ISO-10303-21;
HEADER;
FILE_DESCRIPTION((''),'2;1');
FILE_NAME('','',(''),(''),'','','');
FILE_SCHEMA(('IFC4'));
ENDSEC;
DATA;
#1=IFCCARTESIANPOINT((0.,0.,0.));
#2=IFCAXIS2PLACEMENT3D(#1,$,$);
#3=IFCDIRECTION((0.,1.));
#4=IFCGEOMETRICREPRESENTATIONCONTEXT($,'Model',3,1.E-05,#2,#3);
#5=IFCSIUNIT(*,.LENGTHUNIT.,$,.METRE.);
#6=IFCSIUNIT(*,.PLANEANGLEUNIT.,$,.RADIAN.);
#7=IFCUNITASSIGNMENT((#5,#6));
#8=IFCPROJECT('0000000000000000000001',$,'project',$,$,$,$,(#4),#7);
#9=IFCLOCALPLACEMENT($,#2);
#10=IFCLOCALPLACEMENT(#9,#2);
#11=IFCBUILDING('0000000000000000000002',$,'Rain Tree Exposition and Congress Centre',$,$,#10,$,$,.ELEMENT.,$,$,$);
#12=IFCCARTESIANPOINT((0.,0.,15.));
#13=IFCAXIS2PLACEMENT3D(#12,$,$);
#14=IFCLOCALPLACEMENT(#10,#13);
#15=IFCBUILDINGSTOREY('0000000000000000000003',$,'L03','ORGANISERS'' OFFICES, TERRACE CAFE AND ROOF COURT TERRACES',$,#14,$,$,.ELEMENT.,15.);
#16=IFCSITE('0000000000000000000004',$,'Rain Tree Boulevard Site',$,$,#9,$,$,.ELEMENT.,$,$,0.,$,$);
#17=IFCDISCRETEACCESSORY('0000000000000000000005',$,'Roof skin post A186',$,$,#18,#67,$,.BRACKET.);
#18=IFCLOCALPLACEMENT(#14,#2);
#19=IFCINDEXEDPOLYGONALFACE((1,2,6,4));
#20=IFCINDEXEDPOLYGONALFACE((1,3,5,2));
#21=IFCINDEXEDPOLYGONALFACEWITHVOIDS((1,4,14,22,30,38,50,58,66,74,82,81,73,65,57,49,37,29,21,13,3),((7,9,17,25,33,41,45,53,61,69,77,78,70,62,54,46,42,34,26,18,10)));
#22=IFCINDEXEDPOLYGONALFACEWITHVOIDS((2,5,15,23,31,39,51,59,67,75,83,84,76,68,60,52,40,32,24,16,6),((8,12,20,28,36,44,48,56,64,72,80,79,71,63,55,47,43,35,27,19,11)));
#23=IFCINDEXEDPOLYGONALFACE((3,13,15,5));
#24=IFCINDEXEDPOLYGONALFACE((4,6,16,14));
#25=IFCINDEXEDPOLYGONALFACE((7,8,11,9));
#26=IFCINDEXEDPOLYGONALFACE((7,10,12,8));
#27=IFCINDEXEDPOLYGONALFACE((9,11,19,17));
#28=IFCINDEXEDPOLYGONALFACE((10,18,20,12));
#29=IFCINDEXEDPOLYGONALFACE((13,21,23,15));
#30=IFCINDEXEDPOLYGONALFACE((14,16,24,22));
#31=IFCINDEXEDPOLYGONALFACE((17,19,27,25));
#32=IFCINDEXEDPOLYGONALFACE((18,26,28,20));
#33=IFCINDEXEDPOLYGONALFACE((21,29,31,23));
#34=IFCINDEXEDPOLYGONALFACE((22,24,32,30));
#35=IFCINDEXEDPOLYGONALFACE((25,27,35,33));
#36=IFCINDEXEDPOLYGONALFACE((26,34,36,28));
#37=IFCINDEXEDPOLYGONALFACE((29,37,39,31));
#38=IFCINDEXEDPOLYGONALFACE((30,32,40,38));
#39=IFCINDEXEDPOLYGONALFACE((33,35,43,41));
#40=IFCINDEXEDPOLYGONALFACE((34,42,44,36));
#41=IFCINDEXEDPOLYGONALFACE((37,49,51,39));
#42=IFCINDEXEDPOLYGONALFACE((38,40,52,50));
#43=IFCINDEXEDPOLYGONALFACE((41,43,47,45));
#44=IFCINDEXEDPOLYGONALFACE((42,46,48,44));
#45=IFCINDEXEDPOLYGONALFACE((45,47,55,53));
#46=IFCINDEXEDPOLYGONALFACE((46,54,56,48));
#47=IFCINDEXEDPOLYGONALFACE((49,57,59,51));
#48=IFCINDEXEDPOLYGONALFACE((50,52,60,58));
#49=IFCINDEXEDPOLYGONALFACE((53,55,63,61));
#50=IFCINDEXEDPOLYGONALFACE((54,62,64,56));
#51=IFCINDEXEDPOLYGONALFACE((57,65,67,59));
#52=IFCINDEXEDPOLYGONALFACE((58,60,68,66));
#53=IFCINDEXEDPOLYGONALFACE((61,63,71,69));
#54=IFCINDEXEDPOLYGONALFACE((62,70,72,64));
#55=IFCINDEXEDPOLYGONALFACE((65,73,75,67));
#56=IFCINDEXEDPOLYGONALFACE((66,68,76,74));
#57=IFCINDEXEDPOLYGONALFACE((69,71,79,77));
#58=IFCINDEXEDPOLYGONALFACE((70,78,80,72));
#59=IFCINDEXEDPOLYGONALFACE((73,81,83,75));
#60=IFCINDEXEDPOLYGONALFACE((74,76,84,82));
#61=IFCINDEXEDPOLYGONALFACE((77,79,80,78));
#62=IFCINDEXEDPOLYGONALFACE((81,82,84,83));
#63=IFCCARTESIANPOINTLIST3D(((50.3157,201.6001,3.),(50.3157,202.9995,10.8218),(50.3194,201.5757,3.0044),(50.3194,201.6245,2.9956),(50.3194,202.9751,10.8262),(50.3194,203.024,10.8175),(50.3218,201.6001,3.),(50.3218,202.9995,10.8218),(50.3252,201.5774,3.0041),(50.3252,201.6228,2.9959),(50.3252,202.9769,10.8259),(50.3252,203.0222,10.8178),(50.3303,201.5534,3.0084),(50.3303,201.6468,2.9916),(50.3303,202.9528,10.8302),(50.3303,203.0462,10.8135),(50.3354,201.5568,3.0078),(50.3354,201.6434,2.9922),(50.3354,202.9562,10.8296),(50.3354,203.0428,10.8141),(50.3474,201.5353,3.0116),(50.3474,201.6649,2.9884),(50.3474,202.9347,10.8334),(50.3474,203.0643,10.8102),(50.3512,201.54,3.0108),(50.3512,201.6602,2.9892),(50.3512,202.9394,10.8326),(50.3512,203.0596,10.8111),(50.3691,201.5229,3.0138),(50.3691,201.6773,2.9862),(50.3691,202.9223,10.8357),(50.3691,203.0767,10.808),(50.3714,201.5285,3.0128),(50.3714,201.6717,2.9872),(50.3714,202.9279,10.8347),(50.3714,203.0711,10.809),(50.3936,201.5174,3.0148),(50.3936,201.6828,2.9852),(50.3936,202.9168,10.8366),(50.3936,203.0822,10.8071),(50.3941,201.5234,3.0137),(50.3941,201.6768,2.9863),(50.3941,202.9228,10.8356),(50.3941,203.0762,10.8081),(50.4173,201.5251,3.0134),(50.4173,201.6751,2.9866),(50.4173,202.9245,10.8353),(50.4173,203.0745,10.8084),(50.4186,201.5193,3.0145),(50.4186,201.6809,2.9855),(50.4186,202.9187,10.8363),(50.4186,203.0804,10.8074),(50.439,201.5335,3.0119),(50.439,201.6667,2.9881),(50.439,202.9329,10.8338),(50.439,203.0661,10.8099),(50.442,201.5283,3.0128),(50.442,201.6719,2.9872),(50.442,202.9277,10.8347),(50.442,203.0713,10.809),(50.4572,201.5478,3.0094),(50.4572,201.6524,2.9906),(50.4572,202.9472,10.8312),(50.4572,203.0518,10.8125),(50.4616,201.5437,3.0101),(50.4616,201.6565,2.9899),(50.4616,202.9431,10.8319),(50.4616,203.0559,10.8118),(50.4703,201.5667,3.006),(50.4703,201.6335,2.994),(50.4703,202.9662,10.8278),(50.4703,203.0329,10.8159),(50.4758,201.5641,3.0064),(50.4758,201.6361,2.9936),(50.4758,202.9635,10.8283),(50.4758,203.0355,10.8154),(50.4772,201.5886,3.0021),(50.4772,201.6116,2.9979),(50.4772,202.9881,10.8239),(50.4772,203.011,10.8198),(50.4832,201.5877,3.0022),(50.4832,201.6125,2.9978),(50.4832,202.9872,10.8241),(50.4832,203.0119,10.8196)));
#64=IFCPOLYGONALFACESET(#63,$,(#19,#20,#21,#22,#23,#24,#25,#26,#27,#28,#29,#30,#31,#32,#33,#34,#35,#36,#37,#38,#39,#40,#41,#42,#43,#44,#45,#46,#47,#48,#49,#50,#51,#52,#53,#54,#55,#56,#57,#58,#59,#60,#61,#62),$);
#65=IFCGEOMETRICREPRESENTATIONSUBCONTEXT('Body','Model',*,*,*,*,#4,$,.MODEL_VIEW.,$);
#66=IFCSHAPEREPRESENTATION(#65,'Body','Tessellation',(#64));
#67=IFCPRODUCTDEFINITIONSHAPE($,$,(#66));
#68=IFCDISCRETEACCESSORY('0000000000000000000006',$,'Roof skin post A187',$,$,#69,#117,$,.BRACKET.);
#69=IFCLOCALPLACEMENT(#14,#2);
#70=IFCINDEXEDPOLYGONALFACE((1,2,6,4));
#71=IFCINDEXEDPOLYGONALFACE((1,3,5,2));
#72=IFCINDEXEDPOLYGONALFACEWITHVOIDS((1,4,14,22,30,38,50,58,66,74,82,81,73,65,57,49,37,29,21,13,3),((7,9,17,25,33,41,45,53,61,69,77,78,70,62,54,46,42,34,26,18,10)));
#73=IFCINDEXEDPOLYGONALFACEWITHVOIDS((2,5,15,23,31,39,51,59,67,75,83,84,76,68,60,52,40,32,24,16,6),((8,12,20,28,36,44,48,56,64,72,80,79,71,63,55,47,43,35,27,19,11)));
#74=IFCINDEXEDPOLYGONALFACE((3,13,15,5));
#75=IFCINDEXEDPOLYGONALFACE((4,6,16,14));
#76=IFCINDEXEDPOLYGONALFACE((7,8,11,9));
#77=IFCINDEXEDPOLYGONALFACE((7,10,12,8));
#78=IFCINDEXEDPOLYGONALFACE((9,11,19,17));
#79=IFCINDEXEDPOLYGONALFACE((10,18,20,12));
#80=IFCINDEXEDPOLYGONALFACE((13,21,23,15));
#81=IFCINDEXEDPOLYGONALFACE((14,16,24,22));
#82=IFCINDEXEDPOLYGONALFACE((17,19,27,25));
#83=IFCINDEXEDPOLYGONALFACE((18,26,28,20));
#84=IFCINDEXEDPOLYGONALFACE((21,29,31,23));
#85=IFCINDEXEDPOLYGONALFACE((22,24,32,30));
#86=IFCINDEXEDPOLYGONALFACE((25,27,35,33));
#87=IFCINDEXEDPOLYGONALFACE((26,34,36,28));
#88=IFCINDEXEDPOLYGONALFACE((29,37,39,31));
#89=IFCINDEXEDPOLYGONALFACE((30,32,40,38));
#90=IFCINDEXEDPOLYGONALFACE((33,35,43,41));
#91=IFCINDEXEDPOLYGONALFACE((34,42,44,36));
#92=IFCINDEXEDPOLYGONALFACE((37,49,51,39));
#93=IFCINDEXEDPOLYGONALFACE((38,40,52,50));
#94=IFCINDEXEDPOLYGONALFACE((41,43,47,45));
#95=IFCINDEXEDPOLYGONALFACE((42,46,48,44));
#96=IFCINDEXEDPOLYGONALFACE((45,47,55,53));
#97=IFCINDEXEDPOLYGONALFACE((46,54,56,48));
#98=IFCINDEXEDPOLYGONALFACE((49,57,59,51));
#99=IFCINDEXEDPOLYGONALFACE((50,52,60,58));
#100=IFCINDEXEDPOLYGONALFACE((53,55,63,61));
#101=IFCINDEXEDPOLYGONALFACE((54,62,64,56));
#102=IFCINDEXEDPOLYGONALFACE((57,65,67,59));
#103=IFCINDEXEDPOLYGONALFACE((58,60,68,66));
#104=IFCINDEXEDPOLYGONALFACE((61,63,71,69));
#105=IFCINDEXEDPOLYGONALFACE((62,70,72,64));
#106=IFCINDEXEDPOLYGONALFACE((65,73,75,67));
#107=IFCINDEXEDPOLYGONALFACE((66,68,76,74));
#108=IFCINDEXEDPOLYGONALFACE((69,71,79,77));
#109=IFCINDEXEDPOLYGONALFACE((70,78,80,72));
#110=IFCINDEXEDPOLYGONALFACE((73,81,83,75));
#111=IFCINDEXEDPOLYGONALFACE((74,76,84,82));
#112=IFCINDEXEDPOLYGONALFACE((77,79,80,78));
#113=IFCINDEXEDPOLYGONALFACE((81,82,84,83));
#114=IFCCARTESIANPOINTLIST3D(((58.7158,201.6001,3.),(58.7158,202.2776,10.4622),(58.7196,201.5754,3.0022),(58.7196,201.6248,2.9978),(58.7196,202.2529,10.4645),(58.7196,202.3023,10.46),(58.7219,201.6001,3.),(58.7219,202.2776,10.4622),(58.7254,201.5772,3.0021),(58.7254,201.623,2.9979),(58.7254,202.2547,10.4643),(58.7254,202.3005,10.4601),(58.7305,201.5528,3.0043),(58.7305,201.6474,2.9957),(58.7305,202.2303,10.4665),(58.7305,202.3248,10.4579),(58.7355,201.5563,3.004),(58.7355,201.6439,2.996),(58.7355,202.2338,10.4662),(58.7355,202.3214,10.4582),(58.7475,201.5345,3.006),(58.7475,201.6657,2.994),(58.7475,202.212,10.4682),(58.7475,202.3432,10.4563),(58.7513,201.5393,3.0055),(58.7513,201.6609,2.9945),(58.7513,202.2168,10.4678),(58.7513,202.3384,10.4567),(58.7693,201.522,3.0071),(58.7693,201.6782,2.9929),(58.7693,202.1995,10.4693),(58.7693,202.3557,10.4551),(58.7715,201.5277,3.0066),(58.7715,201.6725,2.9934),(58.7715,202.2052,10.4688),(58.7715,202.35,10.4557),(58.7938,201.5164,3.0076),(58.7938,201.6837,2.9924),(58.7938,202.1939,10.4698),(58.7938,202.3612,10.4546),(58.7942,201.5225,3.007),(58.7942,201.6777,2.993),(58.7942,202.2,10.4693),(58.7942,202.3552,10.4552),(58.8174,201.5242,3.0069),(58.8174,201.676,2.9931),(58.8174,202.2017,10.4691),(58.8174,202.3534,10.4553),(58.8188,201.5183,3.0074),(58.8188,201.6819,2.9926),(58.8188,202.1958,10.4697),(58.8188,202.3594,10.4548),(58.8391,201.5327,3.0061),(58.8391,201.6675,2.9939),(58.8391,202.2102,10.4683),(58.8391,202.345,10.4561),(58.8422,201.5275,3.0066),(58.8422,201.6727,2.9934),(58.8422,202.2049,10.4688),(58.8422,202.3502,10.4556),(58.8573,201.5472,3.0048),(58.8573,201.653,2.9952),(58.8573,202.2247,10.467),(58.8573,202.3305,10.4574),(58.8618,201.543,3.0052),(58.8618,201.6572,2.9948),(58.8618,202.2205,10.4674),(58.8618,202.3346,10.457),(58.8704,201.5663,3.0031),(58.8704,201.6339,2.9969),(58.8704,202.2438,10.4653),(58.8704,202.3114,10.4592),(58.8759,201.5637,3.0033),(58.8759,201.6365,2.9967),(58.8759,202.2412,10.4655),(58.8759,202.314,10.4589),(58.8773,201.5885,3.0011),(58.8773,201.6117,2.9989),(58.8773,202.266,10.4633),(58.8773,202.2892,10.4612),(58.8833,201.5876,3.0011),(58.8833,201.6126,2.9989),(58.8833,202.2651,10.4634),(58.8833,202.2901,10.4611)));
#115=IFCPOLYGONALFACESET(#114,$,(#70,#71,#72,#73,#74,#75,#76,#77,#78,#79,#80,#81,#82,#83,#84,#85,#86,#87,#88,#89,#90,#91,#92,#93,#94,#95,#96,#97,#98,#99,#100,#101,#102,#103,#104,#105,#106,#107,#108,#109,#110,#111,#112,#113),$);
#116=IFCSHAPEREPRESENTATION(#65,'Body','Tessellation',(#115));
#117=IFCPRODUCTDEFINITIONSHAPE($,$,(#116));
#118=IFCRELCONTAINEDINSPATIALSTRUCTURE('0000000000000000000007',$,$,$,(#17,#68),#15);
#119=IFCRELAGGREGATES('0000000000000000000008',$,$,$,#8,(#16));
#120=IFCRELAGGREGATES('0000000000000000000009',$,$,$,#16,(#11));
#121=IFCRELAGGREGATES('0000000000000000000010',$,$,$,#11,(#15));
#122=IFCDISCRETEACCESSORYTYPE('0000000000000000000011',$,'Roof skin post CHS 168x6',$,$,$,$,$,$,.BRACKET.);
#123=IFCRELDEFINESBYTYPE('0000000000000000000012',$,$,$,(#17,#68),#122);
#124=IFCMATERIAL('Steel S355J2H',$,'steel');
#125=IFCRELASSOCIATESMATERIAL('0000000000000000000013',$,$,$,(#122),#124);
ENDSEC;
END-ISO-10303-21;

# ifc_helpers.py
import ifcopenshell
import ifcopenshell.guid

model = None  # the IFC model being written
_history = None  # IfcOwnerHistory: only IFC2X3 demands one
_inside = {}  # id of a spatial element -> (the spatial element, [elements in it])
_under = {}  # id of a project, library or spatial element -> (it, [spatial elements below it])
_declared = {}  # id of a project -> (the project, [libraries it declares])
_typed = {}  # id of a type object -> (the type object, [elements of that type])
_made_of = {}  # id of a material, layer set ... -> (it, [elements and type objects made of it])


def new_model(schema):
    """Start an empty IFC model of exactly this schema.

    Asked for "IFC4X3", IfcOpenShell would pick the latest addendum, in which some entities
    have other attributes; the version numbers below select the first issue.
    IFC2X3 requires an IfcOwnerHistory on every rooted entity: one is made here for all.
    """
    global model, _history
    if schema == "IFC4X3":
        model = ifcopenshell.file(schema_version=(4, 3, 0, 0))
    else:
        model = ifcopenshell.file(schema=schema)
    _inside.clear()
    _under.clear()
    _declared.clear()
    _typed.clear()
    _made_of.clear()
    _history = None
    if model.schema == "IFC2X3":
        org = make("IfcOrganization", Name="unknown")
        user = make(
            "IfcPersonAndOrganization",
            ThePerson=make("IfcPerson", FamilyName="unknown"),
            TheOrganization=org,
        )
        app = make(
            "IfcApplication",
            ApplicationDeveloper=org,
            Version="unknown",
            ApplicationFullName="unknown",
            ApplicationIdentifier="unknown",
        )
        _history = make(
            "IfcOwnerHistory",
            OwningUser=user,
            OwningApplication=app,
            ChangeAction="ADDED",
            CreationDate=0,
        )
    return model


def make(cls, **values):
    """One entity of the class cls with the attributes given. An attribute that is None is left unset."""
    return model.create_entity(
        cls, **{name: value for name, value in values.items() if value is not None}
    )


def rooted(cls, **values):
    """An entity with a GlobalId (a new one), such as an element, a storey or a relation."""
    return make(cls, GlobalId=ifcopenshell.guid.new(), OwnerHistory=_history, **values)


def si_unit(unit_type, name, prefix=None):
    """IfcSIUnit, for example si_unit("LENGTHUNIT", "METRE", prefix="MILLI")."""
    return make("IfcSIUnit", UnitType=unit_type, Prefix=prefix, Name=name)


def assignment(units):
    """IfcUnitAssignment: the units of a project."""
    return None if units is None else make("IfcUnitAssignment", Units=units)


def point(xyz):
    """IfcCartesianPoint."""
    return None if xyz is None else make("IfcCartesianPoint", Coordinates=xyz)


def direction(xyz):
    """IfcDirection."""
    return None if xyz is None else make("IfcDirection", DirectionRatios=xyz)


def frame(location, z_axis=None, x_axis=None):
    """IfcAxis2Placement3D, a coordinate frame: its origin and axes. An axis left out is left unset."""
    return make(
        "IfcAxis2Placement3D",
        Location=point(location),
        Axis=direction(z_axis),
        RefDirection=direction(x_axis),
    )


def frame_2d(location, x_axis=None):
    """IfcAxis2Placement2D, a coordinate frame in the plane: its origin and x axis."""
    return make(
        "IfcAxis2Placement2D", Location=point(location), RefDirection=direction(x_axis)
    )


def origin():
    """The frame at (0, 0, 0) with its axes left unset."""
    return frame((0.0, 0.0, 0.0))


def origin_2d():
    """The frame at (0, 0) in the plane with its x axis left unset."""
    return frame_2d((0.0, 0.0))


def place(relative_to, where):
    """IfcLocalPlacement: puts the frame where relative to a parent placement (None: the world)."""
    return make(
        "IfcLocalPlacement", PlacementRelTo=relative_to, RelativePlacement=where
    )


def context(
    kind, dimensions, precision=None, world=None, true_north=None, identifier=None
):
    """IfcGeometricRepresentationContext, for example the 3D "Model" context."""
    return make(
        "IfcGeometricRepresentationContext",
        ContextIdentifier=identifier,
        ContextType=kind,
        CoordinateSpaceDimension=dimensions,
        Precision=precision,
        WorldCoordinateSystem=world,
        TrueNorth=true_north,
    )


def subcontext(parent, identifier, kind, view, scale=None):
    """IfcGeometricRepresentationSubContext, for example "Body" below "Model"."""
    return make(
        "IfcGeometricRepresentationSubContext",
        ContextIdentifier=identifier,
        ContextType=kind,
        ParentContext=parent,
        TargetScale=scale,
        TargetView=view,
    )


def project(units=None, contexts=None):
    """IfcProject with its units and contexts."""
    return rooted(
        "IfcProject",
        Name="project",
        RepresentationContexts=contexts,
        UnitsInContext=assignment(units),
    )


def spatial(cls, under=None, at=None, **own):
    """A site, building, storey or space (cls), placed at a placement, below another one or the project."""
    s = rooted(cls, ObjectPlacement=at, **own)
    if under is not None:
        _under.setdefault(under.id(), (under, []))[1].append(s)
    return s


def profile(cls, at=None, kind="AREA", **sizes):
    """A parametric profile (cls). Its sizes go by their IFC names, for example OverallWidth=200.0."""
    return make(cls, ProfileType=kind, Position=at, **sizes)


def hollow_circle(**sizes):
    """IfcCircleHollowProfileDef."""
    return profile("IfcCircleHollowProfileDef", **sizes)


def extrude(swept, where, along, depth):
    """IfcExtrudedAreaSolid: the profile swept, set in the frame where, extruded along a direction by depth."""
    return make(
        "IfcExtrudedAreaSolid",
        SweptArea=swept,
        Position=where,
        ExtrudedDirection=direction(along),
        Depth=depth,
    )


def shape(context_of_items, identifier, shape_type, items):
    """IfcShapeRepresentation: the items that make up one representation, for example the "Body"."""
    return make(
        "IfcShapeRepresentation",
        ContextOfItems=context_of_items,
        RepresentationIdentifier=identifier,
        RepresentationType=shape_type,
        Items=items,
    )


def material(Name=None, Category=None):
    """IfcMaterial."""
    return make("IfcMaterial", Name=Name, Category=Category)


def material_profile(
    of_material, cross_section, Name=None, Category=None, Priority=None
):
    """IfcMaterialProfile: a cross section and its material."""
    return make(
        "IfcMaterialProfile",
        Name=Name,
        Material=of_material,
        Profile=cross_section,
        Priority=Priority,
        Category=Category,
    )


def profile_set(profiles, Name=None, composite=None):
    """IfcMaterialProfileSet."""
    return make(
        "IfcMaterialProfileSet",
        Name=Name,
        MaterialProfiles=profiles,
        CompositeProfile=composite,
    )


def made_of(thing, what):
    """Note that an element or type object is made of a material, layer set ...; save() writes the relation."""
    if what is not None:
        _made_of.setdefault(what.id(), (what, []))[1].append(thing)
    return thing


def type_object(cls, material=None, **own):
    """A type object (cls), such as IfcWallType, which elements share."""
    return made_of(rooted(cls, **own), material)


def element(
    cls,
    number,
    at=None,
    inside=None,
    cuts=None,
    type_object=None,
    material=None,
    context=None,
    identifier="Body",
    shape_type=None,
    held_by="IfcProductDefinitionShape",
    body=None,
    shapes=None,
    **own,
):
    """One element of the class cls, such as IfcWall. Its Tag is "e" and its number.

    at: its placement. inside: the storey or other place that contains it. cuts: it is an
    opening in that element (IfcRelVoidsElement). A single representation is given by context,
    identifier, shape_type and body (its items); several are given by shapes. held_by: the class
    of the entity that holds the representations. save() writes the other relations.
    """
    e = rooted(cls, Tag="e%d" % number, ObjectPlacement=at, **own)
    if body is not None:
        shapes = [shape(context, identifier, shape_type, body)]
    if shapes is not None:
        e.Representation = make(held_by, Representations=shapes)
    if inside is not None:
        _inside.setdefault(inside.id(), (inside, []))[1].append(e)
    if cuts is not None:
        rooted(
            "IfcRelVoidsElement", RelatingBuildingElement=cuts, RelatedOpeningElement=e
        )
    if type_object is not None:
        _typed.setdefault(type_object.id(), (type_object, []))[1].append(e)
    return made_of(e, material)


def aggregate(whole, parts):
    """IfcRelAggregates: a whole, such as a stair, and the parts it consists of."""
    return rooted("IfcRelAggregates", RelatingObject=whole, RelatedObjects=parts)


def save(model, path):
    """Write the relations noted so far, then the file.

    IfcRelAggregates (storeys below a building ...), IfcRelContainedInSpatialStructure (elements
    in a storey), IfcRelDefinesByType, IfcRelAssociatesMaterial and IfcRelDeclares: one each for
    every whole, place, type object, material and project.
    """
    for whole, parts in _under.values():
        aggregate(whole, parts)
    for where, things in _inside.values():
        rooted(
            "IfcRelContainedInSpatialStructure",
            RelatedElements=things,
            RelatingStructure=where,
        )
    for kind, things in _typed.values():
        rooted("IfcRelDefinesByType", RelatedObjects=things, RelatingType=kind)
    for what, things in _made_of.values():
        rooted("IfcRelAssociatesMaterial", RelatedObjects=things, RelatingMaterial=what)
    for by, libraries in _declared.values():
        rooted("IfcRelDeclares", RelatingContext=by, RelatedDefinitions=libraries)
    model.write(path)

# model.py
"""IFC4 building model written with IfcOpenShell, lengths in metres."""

from ifc_helpers import new_model, si_unit, direction, frame, origin, origin_2d, place, context, subcontext, project, spatial, hollow_circle, extrude, material, material_profile, profile_set, type_object, element, save


model = new_model("IFC4")

# Units and contexts
model_context = context("Model", 3, precision=1e-05, world=origin(), true_north=direction((0.0, 1.0)))
body_context = subcontext(model_context, "Body", "Model", "MODEL_VIEW")
ifc_project = project(units=[si_unit("LENGTHUNIT", "METRE"), si_unit("PLANEANGLEUNIT", "RADIAN")], contexts=[model_context])

# Site, building, storey
site_placement = place(None, origin())
site = spatial("IfcSite", under=ifc_project, at=site_placement, Name="Rain Tree Boulevard Site", CompositionType="ELEMENT", RefElevation=0.0)
building_placement = place(site_placement, origin())
building = spatial("IfcBuilding", under=site, at=building_placement, Name="Rain Tree Exposition and Congress Centre", CompositionType="ELEMENT")
storey_placement = place(building_placement, frame((0.0, 0.0, 15.0)))
storey = spatial("IfcBuildingStorey", under=building, at=storey_placement, Name="L03", Description="ORGANISERS' OFFICES, TERRACE CAFE AND ROOF COURT TERRACES", CompositionType="ELEMENT", Elevation=15.0)

# Discrete accessories
ifc_material_1 = material(Name="Steel S355J2H", Category="steel")
ifc_material_profile_1 = material_profile(ifc_material_1, hollow_circle(Radius=0.0842, WallThickness=0.0061, at=origin_2d()), Name="CHS 168x6")
ifc_profile_set_1 = profile_set([ifc_material_profile_1], Name="Steel S355J2H")
discrete_accessory_type_1 = type_object("IfcDiscreteAccessoryType", Name="Roof skin post CHS 168x6", PredefinedType="BRACKET", material=ifc_profile_set_1)
discrete_accessory_1_placement = place(storey_placement, frame((50.3999, 201.6001, 3.0), z_axis=(0.0, 0.176116, 0.984369), x_axis=(-1.0, 0.0, 0.0)))
element("IfcDiscreteAccessory", 1, at=discrete_accessory_1_placement, inside=storey, type_object=discrete_accessory_type_1, Name="Roof skin post A186", PredefinedType="BRACKET", context=body_context, shape_type="SweptSolid", body=[
    extrude(hollow_circle(Radius=0.0842, WallThickness=0.0061, at=origin_2d()), origin(), (0.0, 0.0, 1.0), 7.946),
])
discrete_accessory_2_placement = place(storey_placement, frame((58.8, 201.6001, 3.0), z_axis=(0.0, 0.090418, 0.995904), x_axis=(-1.0, 0.0, 0.0)))
element("IfcDiscreteAccessory", 2, at=discrete_accessory_2_placement, inside=storey, type_object=discrete_accessory_type_1, Name="Roof skin post A187", PredefinedType="BRACKET", context=body_context, shape_type="SweptSolid", body=[
    extrude(hollow_circle(Radius=0.0842, WallThickness=0.0061, at=origin_2d()), origin(), (0.0, 0.0, 1.0), 7.4929),
])

save(model, "model.ifc")
